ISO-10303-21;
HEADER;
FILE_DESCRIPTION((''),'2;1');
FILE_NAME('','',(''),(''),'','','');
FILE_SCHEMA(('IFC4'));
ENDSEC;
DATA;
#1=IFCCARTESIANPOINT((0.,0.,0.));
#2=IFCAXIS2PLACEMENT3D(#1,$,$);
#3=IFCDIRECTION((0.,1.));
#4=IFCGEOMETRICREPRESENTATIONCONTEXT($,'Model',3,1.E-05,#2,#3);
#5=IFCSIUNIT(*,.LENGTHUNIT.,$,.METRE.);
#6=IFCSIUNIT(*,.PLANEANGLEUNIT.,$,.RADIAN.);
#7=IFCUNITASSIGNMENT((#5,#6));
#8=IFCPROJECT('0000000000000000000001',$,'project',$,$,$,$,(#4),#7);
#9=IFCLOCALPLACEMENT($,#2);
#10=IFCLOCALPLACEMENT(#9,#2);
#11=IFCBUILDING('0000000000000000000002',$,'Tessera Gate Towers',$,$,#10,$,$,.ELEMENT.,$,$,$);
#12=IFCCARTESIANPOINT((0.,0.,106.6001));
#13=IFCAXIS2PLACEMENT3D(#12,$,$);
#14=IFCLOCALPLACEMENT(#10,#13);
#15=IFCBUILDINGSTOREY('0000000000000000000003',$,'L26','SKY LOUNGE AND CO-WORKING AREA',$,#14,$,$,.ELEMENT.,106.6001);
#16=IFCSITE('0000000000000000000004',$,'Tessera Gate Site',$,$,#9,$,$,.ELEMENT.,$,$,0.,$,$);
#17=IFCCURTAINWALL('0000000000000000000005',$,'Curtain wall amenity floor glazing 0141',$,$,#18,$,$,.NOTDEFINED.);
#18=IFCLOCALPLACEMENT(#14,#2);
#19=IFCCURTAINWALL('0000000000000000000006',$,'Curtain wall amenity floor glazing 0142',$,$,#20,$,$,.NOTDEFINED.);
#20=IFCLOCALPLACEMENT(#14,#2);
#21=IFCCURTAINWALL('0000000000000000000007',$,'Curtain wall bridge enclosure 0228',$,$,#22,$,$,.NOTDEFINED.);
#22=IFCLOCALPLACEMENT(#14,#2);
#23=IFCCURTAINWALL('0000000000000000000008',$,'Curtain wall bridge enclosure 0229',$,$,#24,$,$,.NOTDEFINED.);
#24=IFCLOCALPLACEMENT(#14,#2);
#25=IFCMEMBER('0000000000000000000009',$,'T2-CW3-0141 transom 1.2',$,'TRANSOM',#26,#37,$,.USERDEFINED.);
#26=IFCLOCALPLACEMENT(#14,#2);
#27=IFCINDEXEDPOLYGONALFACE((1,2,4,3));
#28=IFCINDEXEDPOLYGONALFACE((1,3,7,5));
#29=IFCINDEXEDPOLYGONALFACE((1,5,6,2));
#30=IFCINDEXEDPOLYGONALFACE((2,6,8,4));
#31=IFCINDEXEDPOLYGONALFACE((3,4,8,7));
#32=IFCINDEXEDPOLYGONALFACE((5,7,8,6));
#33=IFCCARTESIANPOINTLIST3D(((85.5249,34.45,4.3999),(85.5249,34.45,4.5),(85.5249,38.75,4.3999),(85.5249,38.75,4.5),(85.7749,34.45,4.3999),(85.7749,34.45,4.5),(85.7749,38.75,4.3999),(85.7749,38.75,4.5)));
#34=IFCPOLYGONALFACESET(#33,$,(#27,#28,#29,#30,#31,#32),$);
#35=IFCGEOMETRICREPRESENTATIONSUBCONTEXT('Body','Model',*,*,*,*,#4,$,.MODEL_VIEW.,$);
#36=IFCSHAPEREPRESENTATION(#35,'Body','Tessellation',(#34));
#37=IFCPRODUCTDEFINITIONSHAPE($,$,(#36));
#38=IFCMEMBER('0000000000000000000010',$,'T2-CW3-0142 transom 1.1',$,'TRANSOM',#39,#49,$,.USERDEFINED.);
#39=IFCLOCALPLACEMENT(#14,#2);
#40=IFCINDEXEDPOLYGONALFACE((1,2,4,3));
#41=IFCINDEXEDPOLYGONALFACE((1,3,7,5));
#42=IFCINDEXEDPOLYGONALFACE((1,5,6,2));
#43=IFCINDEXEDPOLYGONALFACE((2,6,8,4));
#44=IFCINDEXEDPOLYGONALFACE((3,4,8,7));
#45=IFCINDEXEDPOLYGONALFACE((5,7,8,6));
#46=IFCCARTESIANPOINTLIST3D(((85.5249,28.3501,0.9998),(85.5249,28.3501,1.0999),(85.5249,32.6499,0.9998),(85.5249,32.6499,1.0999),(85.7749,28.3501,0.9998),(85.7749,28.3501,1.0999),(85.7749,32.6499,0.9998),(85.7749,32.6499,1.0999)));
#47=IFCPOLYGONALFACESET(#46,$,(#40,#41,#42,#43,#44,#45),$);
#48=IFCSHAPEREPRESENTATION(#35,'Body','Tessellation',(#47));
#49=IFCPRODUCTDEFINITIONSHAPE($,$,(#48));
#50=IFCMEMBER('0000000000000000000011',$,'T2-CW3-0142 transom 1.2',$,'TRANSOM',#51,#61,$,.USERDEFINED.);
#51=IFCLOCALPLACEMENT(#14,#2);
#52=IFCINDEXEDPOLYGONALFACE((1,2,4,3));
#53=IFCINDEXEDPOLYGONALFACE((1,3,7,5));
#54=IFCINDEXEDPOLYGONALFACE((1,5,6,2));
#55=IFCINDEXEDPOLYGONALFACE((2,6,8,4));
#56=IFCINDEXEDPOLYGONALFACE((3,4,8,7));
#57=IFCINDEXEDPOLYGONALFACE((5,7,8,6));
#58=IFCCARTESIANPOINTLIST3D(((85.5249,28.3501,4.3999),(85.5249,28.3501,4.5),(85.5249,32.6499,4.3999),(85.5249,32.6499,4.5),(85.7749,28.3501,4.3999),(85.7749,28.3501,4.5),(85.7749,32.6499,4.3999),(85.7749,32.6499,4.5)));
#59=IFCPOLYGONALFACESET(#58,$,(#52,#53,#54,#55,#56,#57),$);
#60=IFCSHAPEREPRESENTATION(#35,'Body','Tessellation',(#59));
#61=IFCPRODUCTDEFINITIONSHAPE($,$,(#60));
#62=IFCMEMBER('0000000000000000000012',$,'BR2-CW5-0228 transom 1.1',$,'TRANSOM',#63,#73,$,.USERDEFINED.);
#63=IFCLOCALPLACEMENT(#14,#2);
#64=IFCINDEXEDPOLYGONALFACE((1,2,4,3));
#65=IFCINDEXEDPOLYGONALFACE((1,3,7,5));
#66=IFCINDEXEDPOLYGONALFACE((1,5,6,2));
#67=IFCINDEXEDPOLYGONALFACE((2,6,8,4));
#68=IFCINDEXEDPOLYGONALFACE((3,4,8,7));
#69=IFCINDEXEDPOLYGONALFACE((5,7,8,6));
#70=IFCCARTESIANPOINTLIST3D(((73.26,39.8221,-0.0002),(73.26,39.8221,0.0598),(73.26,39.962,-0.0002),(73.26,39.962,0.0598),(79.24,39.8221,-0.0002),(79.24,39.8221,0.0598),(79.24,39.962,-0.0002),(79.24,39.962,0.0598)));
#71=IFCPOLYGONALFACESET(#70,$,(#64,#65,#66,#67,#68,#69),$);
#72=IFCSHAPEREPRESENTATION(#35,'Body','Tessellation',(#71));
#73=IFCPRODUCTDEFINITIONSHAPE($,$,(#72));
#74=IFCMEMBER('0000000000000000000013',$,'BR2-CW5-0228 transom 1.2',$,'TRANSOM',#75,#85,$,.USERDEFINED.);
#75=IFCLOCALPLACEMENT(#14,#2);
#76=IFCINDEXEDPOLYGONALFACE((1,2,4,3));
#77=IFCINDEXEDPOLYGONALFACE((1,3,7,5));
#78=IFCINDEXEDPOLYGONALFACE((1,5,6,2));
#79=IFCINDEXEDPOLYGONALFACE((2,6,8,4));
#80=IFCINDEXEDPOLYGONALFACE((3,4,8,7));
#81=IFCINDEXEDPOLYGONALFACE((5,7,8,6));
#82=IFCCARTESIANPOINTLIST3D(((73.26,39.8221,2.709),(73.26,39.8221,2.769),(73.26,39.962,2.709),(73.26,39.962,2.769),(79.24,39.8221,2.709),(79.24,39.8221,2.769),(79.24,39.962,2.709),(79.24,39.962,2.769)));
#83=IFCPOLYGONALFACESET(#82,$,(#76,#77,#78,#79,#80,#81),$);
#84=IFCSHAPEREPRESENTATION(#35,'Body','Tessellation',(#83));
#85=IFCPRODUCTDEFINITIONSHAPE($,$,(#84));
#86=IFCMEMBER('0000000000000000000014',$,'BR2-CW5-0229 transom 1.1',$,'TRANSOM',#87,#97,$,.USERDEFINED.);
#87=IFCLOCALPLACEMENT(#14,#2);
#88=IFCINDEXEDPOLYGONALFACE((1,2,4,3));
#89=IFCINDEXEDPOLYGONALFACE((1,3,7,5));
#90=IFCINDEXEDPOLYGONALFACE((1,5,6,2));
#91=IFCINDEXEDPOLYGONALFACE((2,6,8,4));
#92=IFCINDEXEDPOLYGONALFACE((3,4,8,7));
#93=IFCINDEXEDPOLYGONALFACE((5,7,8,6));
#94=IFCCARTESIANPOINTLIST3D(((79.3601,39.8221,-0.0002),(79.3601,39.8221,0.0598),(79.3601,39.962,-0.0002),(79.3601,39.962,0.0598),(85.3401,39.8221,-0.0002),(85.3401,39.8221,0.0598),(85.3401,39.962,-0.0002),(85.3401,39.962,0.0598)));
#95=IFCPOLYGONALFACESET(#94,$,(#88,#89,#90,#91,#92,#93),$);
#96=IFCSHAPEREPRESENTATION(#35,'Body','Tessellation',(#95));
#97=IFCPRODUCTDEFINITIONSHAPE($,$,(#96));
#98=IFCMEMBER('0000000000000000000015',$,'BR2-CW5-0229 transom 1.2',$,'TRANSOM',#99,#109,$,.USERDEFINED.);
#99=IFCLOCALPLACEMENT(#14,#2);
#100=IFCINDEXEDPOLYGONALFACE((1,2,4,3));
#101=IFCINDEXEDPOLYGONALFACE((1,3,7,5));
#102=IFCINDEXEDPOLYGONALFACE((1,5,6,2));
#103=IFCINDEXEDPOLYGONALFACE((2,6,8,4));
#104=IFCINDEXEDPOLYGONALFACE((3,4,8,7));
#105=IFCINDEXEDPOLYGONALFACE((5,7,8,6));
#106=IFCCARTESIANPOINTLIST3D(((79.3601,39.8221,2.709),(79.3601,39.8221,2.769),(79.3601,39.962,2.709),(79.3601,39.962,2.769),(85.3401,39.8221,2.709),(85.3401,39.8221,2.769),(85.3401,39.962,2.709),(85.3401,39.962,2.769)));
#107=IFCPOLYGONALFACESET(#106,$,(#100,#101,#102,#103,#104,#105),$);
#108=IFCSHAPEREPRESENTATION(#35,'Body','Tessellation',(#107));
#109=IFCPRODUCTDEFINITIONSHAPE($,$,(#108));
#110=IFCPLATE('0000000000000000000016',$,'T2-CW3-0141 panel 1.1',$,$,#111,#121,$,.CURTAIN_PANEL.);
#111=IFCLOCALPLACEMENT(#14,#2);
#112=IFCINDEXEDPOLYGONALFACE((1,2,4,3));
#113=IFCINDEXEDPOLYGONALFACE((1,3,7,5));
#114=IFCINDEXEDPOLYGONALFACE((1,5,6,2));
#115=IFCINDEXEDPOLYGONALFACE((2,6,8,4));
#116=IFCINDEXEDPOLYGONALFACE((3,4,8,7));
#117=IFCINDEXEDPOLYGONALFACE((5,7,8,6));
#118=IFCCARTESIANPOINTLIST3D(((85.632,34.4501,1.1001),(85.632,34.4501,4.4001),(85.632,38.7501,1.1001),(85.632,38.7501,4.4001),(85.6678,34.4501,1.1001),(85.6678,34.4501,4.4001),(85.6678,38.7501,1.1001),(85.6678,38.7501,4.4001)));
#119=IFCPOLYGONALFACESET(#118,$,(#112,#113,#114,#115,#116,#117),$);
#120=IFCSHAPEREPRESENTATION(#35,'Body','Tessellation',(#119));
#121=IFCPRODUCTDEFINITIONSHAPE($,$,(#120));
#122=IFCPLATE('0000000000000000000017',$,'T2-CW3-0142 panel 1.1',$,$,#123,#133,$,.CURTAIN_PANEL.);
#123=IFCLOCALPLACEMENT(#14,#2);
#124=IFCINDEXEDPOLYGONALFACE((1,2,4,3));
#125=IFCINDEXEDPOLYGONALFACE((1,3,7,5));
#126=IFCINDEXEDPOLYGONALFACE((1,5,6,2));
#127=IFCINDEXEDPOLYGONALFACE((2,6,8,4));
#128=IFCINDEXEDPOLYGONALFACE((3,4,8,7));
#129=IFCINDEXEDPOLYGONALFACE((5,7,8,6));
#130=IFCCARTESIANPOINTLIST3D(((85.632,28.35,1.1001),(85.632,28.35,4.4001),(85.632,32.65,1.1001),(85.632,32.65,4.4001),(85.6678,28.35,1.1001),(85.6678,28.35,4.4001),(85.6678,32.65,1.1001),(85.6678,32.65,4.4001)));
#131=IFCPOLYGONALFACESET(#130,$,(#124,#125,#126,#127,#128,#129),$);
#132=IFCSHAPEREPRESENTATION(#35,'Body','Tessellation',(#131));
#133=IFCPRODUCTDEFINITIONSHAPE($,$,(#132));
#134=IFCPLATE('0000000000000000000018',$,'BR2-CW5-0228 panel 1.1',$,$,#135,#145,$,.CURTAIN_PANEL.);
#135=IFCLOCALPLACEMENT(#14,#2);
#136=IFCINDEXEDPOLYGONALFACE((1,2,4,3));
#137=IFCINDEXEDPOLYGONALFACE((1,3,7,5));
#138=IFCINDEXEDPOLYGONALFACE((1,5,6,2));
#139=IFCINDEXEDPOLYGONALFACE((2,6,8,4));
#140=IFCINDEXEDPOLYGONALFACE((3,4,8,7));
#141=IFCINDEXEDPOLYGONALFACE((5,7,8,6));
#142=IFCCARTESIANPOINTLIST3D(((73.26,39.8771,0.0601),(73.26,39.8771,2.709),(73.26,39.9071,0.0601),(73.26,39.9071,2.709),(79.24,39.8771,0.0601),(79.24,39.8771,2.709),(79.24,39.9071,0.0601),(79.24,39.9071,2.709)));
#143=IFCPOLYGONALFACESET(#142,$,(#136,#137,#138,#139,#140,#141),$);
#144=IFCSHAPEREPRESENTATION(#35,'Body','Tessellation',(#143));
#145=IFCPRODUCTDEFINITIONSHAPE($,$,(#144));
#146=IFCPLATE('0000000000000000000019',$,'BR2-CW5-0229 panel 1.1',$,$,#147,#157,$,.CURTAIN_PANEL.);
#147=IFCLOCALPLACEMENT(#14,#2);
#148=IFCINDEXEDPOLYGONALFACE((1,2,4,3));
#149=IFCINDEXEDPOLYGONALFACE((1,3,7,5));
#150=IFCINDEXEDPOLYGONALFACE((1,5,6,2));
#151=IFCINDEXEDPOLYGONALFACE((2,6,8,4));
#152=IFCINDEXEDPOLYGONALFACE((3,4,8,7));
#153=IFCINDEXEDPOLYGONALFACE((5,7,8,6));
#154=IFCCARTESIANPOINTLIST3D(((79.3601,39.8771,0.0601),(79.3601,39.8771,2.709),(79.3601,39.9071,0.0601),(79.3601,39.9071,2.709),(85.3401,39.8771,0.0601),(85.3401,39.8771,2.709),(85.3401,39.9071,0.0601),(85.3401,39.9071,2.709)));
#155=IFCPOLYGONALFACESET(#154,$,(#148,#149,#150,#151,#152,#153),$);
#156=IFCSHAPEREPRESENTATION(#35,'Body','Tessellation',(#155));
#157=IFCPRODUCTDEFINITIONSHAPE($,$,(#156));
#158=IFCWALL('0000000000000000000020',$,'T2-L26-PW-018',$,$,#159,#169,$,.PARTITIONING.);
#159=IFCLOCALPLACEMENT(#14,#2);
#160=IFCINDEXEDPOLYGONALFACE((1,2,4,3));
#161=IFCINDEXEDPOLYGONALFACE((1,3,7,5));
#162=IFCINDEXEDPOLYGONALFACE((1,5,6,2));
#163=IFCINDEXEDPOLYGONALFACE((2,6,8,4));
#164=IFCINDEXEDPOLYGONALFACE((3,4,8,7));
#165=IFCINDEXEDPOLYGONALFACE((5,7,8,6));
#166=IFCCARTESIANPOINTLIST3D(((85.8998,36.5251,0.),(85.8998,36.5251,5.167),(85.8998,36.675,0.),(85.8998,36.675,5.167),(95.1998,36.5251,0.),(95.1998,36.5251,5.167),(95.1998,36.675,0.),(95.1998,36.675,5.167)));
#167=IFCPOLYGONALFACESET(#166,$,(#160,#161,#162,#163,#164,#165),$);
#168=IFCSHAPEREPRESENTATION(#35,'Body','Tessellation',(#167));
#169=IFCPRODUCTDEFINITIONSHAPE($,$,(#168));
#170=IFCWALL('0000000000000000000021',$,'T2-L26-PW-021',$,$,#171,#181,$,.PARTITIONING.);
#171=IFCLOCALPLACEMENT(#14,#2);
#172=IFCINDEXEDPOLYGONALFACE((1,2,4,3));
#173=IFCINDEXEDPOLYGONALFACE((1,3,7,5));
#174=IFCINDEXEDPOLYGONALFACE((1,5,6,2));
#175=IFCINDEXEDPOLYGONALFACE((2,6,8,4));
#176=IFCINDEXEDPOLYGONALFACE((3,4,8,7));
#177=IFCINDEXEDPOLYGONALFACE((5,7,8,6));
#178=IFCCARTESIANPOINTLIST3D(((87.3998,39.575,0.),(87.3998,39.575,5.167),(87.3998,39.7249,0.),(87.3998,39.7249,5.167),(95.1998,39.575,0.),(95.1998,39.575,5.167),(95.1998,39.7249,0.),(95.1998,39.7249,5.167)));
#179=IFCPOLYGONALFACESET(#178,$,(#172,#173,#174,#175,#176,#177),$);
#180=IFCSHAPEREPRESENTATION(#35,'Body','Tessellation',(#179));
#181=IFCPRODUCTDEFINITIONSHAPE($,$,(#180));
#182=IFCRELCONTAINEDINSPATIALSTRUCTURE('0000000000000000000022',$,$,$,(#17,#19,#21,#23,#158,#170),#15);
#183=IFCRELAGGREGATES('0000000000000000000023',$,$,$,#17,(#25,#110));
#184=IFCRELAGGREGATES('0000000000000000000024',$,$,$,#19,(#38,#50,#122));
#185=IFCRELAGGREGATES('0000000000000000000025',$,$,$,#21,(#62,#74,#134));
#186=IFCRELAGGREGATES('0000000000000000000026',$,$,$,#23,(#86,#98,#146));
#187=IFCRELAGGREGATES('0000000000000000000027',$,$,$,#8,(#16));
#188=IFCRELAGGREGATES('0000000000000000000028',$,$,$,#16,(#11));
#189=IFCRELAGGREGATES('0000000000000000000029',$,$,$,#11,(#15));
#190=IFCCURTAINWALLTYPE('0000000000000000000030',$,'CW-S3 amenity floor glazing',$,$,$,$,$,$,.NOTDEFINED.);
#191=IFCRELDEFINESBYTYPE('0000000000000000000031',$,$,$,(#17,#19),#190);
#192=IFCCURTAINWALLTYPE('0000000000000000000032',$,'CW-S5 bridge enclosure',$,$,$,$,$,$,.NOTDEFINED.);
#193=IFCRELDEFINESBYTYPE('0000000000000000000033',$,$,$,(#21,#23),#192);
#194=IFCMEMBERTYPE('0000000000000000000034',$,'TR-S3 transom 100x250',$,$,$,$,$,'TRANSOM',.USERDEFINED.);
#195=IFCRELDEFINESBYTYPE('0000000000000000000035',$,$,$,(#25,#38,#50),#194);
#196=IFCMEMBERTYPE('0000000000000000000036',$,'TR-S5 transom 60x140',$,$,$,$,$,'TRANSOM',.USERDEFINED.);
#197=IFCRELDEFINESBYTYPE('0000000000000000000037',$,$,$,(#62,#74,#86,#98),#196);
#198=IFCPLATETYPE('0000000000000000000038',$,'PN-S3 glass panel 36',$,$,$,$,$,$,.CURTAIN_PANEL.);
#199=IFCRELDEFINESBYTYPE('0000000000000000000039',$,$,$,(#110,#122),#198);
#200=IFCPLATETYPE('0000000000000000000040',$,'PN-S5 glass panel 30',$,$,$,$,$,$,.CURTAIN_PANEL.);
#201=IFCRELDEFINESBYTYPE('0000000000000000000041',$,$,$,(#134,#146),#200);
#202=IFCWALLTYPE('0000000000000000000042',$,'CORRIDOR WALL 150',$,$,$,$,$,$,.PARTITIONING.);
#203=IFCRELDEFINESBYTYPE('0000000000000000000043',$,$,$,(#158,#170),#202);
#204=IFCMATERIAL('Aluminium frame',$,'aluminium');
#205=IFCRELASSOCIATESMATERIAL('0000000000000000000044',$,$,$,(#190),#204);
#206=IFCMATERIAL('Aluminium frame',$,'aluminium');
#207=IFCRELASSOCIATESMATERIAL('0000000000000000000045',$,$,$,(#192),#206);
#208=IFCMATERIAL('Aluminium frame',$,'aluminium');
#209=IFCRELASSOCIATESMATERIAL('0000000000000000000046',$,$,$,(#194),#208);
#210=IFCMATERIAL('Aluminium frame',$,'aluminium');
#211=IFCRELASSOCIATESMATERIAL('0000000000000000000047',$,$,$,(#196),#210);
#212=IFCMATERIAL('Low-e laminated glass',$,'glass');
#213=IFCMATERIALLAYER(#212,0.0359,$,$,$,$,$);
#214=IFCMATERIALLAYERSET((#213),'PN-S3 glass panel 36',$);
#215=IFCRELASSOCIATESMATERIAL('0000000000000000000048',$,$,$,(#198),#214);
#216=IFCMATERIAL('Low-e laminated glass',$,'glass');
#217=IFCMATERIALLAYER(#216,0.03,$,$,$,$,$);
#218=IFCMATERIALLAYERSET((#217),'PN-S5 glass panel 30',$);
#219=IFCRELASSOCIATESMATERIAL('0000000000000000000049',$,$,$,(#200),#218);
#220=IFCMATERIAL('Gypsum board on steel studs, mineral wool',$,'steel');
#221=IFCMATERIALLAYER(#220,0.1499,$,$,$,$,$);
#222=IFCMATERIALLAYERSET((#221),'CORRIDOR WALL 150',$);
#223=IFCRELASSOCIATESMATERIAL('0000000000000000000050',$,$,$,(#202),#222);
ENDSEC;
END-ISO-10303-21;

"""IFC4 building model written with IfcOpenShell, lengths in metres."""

from ifc_helpers import new_model, si_unit, direction, frame, frame_2d, origin, origin_2d, place, context, subcontext, project, spatial, rectangle, extrude, material, layer, layer_set, material_profile, profile_set, type_object, element, aggregate, save


model = new_model("IFC4")

# Units and contexts
model_context = context("Model", 3, precision=1e-05, world=origin(), true_north=direction((0.0, 1.0)))
body_context = subcontext(model_context, "Body", "Model", "MODEL_VIEW")
ifc_project = project(units=[si_unit("LENGTHUNIT", "METRE"), si_unit("PLANEANGLEUNIT", "RADIAN")], contexts=[model_context])

# Site, building, storey
site_placement = place(None, origin())
site = spatial("IfcSite", under=ifc_project, at=site_placement, Name="Tessera Gate Site", CompositionType="ELEMENT", RefElevation=0.0)
building_placement = place(site_placement, origin())
building = spatial("IfcBuilding", under=site, at=building_placement, Name="Tessera Gate Towers", CompositionType="ELEMENT")
storey_placement = place(building_placement, frame((0.0, 0.0, 106.6001)))
storey = spatial("IfcBuildingStorey", under=building, at=storey_placement, Name="L26", Description="SKY LOUNGE AND CO-WORKING AREA", CompositionType="ELEMENT", Elevation=106.6001)

# Curtain walls
ifc_material_1 = material(Name="Aluminium frame", Category="aluminium")
curtain_wall_type_1 = type_object("IfcCurtainWallType", Name="CW-S3 amenity floor glazing", PredefinedType="NOTDEFINED", material=ifc_material_1)
curtain_wall_1_placement = place(storey_placement, origin())
curtain_wall_1 = element("IfcCurtainWall", 1, at=curtain_wall_1_placement, inside=storey, type_object=curtain_wall_type_1, Name="Curtain wall amenity floor glazing 0141", PredefinedType="NOTDEFINED")
curtain_wall_2_placement = place(storey_placement, origin())
curtain_wall_2 = element("IfcCurtainWall", 2, at=curtain_wall_2_placement, inside=storey, type_object=curtain_wall_type_1, Name="Curtain wall amenity floor glazing 0142", PredefinedType="NOTDEFINED")

# Shared definitions
ifc_material_2 = material(Name="Aluminium frame", Category="aluminium")
curtain_wall_type_2 = type_object("IfcCurtainWallType", Name="CW-S5 bridge enclosure", PredefinedType="NOTDEFINED", material=ifc_material_2)

# Curtain walls
curtain_wall_3_placement = place(storey_placement, origin())
curtain_wall_3 = element("IfcCurtainWall", 3, at=curtain_wall_3_placement, inside=storey, type_object=curtain_wall_type_2, Name="Curtain wall bridge enclosure 0228", PredefinedType="NOTDEFINED")
curtain_wall_4_placement = place(storey_placement, origin())
curtain_wall_4 = element("IfcCurtainWall", 4, at=curtain_wall_4_placement, inside=storey, type_object=curtain_wall_type_2, Name="Curtain wall bridge enclosure 0229", PredefinedType="NOTDEFINED")

# Members
ifc_material_3 = material(Name="Aluminium frame", Category="aluminium")
ifc_material_profile_1 = material_profile(ifc_material_3, rectangle(XDim=0.25, YDim=0.1001, at=origin_2d()), Name="AL 100x250")
ifc_profile_set_1 = profile_set([ifc_material_profile_1], Name="Aluminium frame")
member_type_1 = type_object("IfcMemberType", Name="TR-S3 transom 100x250", ElementType="TRANSOM", PredefinedType="USERDEFINED", material=ifc_profile_set_1)
member_1_placement = place(storey_placement, frame((85.6499, 38.75, 4.45), z_axis=(0.0, -1.0, 0.0), x_axis=(1.0, 0.0, 0.0)))
member_1 = element("IfcMember", 5, at=member_1_placement, type_object=member_type_1, Name="T2-CW3-0141 transom 1.2", ObjectType="TRANSOM", PredefinedType="USERDEFINED", context=body_context, shape_type="SweptSolid", body=[
    extrude(rectangle(XDim=0.25, YDim=0.1001, at=origin_2d()), origin(), (0.0, 0.0, 1.0), 4.3),
])
member_2_placement = place(storey_placement, frame((85.6499, 32.6499, 1.0498), z_axis=(0.0, -1.0, 0.0), x_axis=(1.0, 0.0, 0.0)))
member_2 = element("IfcMember", 6, at=member_2_placement, type_object=member_type_1, Name="T2-CW3-0142 transom 1.1", ObjectType="TRANSOM", PredefinedType="USERDEFINED", context=body_context, shape_type="SweptSolid", body=[
    extrude(rectangle(XDim=0.25, YDim=0.1001, at=origin_2d()), origin(), (0.0, 0.0, 1.0), 4.2998),
])
member_3_placement = place(storey_placement, frame((85.6499, 32.6499, 4.45), z_axis=(0.0, -1.0, 0.0), x_axis=(1.0, 0.0, 0.0)))
member_3 = element("IfcMember", 7, at=member_3_placement, type_object=member_type_1, Name="T2-CW3-0142 transom 1.2", ObjectType="TRANSOM", PredefinedType="USERDEFINED", context=body_context, shape_type="SweptSolid", body=[
    extrude(rectangle(XDim=0.25, YDim=0.1001, at=origin_2d()), origin(), (0.0, 0.0, 1.0), 4.2998),
])
ifc_material_4 = material(Name="Aluminium frame", Category="aluminium")
ifc_material_profile_2 = material_profile(ifc_material_4, rectangle(XDim=0.1399, YDim=0.0601, at=origin_2d()), Name="AL 60x140")
ifc_profile_set_2 = profile_set([ifc_material_profile_2], Name="Aluminium frame")
member_type_2 = type_object("IfcMemberType", Name="TR-S5 transom 60x140", ElementType="TRANSOM", PredefinedType="USERDEFINED", material=ifc_profile_set_2)
member_4_placement = place(storey_placement, frame((73.26, 39.8921, 0.0298), z_axis=(1.0, 0.0, 0.0), x_axis=(0.0, 1.0, 0.0)))
member_4 = element("IfcMember", 8, at=member_4_placement, type_object=member_type_2, Name="BR2-CW5-0228 transom 1.1", ObjectType="TRANSOM", PredefinedType="USERDEFINED", context=body_context, shape_type="SweptSolid", body=[
    extrude(rectangle(XDim=0.1399, YDim=0.0601, at=origin_2d()), origin(), (0.0, 0.0, 1.0), 5.98),
])
member_5_placement = place(storey_placement, frame((73.26, 39.8921, 2.739), z_axis=(1.0, 0.0, 0.0), x_axis=(0.0, 1.0, 0.0)))
member_5 = element("IfcMember", 9, at=member_5_placement, type_object=member_type_2, Name="BR2-CW5-0228 transom 1.2", ObjectType="TRANSOM", PredefinedType="USERDEFINED", context=body_context, shape_type="SweptSolid", body=[
    extrude(rectangle(XDim=0.1399, YDim=0.0601, at=origin_2d()), origin(), (0.0, 0.0, 1.0), 5.98),
])
member_6_placement = place(storey_placement, frame((79.3601, 39.8921, 0.0298), z_axis=(1.0, 0.0, 0.0), x_axis=(0.0, 1.0, 0.0)))
member_6 = element("IfcMember", 10, at=member_6_placement, type_object=member_type_2, Name="BR2-CW5-0229 transom 1.1", ObjectType="TRANSOM", PredefinedType="USERDEFINED", context=body_context, shape_type="SweptSolid", body=[
    extrude(rectangle(XDim=0.1399, YDim=0.0601, at=origin_2d()), origin(), (0.0, 0.0, 1.0), 5.98),
])
member_7_placement = place(storey_placement, frame((79.3601, 39.8921, 2.739), z_axis=(1.0, 0.0, 0.0), x_axis=(0.0, 1.0, 0.0)))
member_7 = element("IfcMember", 11, at=member_7_placement, type_object=member_type_2, Name="BR2-CW5-0229 transom 1.2", ObjectType="TRANSOM", PredefinedType="USERDEFINED", context=body_context, shape_type="SweptSolid", body=[
    extrude(rectangle(XDim=0.1399, YDim=0.0601, at=origin_2d()), origin(), (0.0, 0.0, 1.0), 5.98),
])

# Plates
ifc_material_5 = material(Name="Low-e laminated glass", Category="glass")
ifc_layer_1 = layer(ifc_material_5, 0.0359)
ifc_layer_set_1 = layer_set([ifc_layer_1], Name="PN-S3 glass panel 36")
plate_type_1 = type_object("IfcPlateType", Name="PN-S3 glass panel 36", PredefinedType="CURTAIN_PANEL", material=ifc_layer_set_1)
plate_1_placement = place(storey_placement, frame((85.6499, 36.6001, 1.1001), z_axis=(0.0, 0.0, 1.0), x_axis=(0.0, -1.0, 0.0)))
plate_1 = element("IfcPlate", 12, at=plate_1_placement, type_object=plate_type_1, Name="T2-CW3-0141 panel 1.1", PredefinedType="CURTAIN_PANEL", context=body_context, shape_type="SweptSolid", body=[
    extrude(rectangle(XDim=4.3, YDim=0.0359, at=origin_2d()), origin(), (0.0, 0.0, 1.0), 3.3),
])
aggregate(curtain_wall_1, [member_1, plate_1])
plate_2_placement = place(storey_placement, frame((85.6499, 30.5, 1.1001), z_axis=(0.0, 0.0, 1.0), x_axis=(0.0, -1.0, 0.0)))
plate_2 = element("IfcPlate", 13, at=plate_2_placement, type_object=plate_type_1, Name="T2-CW3-0142 panel 1.1", PredefinedType="CURTAIN_PANEL", context=body_context, shape_type="SweptSolid", body=[
    extrude(rectangle(XDim=4.3, YDim=0.0359, at=origin_2d()), origin(), (0.0, 0.0, 1.0), 3.3),
])
aggregate(curtain_wall_2, [member_2, member_3, plate_2])
ifc_material_6 = material(Name="Low-e laminated glass", Category="glass")
ifc_layer_2 = layer(ifc_material_6, 0.03)
ifc_layer_set_2 = layer_set([ifc_layer_2], Name="PN-S5 glass panel 30")
plate_type_2 = type_object("IfcPlateType", Name="PN-S5 glass panel 30", PredefinedType="CURTAIN_PANEL", material=ifc_layer_set_2)
plate_3_placement = place(storey_placement, frame((76.25, 39.8921, 0.0601), z_axis=(0.0, 0.0, 1.0), x_axis=(1.0, 0.0, 0.0)))
plate_3 = element("IfcPlate", 14, at=plate_3_placement, type_object=plate_type_2, Name="BR2-CW5-0228 panel 1.1", PredefinedType="CURTAIN_PANEL", context=body_context, shape_type="SweptSolid", body=[
    extrude(rectangle(XDim=5.98, YDim=0.03, at=origin_2d()), origin(), (0.0, 0.0, 1.0), 2.6489),
])
aggregate(curtain_wall_3, [member_4, member_5, plate_3])
plate_4_placement = place(storey_placement, frame((82.3501, 39.8921, 0.0601), z_axis=(0.0, 0.0, 1.0), x_axis=(1.0, 0.0, 0.0)))
plate_4 = element("IfcPlate", 15, at=plate_4_placement, type_object=plate_type_2, Name="BR2-CW5-0229 panel 1.1", PredefinedType="CURTAIN_PANEL", context=body_context, shape_type="SweptSolid", body=[
    extrude(rectangle(XDim=5.98, YDim=0.03, at=origin_2d()), origin(), (0.0, 0.0, 1.0), 2.6489),
])
aggregate(curtain_wall_4, [member_6, member_7, plate_4])

# Walls
ifc_material_7 = material(Name="Gypsum board on steel studs, mineral wool", Category="steel")
ifc_layer_3 = layer(ifc_material_7, 0.1499)
ifc_layer_set_3 = layer_set([ifc_layer_3], Name="CORRIDOR WALL 150")
wall_type_1 = type_object("IfcWallType", Name="CORRIDOR WALL 150", PredefinedType="PARTITIONING", material=ifc_layer_set_3)
wall_1_placement = place(storey_placement, frame((85.8999, 36.6001, 0.0), z_axis=(0.0, 0.0, 1.0), x_axis=(1.0, 0.0, 0.0)))
element("IfcWall", 16, at=wall_1_placement, inside=storey, type_object=wall_type_1, Name="T2-L26-PW-018", PredefinedType="PARTITIONING", context=body_context, shape_type="SweptSolid", body=[
    extrude(rectangle(XDim=9.3, YDim=0.1499, at=frame_2d((4.6499, 0.0))), origin(), (0.0, 0.0, 1.0), 5.167),
])
wall_2_placement = place(storey_placement, frame((87.3999, 39.6499, 0.0), z_axis=(0.0, 0.0, 1.0), x_axis=(1.0, 0.0, 0.0)))
element("IfcWall", 17, at=wall_2_placement, inside=storey, type_object=wall_type_1, Name="T2-L26-PW-021", PredefinedType="PARTITIONING", context=body_context, shape_type="SweptSolid", body=[
    extrude(rectangle(XDim=7.8, YDim=0.1499, at=frame_2d((3.8999, 0.0))), origin(), (0.0, 0.0, 1.0), 5.167),
])

save(model, "model.ifc")
